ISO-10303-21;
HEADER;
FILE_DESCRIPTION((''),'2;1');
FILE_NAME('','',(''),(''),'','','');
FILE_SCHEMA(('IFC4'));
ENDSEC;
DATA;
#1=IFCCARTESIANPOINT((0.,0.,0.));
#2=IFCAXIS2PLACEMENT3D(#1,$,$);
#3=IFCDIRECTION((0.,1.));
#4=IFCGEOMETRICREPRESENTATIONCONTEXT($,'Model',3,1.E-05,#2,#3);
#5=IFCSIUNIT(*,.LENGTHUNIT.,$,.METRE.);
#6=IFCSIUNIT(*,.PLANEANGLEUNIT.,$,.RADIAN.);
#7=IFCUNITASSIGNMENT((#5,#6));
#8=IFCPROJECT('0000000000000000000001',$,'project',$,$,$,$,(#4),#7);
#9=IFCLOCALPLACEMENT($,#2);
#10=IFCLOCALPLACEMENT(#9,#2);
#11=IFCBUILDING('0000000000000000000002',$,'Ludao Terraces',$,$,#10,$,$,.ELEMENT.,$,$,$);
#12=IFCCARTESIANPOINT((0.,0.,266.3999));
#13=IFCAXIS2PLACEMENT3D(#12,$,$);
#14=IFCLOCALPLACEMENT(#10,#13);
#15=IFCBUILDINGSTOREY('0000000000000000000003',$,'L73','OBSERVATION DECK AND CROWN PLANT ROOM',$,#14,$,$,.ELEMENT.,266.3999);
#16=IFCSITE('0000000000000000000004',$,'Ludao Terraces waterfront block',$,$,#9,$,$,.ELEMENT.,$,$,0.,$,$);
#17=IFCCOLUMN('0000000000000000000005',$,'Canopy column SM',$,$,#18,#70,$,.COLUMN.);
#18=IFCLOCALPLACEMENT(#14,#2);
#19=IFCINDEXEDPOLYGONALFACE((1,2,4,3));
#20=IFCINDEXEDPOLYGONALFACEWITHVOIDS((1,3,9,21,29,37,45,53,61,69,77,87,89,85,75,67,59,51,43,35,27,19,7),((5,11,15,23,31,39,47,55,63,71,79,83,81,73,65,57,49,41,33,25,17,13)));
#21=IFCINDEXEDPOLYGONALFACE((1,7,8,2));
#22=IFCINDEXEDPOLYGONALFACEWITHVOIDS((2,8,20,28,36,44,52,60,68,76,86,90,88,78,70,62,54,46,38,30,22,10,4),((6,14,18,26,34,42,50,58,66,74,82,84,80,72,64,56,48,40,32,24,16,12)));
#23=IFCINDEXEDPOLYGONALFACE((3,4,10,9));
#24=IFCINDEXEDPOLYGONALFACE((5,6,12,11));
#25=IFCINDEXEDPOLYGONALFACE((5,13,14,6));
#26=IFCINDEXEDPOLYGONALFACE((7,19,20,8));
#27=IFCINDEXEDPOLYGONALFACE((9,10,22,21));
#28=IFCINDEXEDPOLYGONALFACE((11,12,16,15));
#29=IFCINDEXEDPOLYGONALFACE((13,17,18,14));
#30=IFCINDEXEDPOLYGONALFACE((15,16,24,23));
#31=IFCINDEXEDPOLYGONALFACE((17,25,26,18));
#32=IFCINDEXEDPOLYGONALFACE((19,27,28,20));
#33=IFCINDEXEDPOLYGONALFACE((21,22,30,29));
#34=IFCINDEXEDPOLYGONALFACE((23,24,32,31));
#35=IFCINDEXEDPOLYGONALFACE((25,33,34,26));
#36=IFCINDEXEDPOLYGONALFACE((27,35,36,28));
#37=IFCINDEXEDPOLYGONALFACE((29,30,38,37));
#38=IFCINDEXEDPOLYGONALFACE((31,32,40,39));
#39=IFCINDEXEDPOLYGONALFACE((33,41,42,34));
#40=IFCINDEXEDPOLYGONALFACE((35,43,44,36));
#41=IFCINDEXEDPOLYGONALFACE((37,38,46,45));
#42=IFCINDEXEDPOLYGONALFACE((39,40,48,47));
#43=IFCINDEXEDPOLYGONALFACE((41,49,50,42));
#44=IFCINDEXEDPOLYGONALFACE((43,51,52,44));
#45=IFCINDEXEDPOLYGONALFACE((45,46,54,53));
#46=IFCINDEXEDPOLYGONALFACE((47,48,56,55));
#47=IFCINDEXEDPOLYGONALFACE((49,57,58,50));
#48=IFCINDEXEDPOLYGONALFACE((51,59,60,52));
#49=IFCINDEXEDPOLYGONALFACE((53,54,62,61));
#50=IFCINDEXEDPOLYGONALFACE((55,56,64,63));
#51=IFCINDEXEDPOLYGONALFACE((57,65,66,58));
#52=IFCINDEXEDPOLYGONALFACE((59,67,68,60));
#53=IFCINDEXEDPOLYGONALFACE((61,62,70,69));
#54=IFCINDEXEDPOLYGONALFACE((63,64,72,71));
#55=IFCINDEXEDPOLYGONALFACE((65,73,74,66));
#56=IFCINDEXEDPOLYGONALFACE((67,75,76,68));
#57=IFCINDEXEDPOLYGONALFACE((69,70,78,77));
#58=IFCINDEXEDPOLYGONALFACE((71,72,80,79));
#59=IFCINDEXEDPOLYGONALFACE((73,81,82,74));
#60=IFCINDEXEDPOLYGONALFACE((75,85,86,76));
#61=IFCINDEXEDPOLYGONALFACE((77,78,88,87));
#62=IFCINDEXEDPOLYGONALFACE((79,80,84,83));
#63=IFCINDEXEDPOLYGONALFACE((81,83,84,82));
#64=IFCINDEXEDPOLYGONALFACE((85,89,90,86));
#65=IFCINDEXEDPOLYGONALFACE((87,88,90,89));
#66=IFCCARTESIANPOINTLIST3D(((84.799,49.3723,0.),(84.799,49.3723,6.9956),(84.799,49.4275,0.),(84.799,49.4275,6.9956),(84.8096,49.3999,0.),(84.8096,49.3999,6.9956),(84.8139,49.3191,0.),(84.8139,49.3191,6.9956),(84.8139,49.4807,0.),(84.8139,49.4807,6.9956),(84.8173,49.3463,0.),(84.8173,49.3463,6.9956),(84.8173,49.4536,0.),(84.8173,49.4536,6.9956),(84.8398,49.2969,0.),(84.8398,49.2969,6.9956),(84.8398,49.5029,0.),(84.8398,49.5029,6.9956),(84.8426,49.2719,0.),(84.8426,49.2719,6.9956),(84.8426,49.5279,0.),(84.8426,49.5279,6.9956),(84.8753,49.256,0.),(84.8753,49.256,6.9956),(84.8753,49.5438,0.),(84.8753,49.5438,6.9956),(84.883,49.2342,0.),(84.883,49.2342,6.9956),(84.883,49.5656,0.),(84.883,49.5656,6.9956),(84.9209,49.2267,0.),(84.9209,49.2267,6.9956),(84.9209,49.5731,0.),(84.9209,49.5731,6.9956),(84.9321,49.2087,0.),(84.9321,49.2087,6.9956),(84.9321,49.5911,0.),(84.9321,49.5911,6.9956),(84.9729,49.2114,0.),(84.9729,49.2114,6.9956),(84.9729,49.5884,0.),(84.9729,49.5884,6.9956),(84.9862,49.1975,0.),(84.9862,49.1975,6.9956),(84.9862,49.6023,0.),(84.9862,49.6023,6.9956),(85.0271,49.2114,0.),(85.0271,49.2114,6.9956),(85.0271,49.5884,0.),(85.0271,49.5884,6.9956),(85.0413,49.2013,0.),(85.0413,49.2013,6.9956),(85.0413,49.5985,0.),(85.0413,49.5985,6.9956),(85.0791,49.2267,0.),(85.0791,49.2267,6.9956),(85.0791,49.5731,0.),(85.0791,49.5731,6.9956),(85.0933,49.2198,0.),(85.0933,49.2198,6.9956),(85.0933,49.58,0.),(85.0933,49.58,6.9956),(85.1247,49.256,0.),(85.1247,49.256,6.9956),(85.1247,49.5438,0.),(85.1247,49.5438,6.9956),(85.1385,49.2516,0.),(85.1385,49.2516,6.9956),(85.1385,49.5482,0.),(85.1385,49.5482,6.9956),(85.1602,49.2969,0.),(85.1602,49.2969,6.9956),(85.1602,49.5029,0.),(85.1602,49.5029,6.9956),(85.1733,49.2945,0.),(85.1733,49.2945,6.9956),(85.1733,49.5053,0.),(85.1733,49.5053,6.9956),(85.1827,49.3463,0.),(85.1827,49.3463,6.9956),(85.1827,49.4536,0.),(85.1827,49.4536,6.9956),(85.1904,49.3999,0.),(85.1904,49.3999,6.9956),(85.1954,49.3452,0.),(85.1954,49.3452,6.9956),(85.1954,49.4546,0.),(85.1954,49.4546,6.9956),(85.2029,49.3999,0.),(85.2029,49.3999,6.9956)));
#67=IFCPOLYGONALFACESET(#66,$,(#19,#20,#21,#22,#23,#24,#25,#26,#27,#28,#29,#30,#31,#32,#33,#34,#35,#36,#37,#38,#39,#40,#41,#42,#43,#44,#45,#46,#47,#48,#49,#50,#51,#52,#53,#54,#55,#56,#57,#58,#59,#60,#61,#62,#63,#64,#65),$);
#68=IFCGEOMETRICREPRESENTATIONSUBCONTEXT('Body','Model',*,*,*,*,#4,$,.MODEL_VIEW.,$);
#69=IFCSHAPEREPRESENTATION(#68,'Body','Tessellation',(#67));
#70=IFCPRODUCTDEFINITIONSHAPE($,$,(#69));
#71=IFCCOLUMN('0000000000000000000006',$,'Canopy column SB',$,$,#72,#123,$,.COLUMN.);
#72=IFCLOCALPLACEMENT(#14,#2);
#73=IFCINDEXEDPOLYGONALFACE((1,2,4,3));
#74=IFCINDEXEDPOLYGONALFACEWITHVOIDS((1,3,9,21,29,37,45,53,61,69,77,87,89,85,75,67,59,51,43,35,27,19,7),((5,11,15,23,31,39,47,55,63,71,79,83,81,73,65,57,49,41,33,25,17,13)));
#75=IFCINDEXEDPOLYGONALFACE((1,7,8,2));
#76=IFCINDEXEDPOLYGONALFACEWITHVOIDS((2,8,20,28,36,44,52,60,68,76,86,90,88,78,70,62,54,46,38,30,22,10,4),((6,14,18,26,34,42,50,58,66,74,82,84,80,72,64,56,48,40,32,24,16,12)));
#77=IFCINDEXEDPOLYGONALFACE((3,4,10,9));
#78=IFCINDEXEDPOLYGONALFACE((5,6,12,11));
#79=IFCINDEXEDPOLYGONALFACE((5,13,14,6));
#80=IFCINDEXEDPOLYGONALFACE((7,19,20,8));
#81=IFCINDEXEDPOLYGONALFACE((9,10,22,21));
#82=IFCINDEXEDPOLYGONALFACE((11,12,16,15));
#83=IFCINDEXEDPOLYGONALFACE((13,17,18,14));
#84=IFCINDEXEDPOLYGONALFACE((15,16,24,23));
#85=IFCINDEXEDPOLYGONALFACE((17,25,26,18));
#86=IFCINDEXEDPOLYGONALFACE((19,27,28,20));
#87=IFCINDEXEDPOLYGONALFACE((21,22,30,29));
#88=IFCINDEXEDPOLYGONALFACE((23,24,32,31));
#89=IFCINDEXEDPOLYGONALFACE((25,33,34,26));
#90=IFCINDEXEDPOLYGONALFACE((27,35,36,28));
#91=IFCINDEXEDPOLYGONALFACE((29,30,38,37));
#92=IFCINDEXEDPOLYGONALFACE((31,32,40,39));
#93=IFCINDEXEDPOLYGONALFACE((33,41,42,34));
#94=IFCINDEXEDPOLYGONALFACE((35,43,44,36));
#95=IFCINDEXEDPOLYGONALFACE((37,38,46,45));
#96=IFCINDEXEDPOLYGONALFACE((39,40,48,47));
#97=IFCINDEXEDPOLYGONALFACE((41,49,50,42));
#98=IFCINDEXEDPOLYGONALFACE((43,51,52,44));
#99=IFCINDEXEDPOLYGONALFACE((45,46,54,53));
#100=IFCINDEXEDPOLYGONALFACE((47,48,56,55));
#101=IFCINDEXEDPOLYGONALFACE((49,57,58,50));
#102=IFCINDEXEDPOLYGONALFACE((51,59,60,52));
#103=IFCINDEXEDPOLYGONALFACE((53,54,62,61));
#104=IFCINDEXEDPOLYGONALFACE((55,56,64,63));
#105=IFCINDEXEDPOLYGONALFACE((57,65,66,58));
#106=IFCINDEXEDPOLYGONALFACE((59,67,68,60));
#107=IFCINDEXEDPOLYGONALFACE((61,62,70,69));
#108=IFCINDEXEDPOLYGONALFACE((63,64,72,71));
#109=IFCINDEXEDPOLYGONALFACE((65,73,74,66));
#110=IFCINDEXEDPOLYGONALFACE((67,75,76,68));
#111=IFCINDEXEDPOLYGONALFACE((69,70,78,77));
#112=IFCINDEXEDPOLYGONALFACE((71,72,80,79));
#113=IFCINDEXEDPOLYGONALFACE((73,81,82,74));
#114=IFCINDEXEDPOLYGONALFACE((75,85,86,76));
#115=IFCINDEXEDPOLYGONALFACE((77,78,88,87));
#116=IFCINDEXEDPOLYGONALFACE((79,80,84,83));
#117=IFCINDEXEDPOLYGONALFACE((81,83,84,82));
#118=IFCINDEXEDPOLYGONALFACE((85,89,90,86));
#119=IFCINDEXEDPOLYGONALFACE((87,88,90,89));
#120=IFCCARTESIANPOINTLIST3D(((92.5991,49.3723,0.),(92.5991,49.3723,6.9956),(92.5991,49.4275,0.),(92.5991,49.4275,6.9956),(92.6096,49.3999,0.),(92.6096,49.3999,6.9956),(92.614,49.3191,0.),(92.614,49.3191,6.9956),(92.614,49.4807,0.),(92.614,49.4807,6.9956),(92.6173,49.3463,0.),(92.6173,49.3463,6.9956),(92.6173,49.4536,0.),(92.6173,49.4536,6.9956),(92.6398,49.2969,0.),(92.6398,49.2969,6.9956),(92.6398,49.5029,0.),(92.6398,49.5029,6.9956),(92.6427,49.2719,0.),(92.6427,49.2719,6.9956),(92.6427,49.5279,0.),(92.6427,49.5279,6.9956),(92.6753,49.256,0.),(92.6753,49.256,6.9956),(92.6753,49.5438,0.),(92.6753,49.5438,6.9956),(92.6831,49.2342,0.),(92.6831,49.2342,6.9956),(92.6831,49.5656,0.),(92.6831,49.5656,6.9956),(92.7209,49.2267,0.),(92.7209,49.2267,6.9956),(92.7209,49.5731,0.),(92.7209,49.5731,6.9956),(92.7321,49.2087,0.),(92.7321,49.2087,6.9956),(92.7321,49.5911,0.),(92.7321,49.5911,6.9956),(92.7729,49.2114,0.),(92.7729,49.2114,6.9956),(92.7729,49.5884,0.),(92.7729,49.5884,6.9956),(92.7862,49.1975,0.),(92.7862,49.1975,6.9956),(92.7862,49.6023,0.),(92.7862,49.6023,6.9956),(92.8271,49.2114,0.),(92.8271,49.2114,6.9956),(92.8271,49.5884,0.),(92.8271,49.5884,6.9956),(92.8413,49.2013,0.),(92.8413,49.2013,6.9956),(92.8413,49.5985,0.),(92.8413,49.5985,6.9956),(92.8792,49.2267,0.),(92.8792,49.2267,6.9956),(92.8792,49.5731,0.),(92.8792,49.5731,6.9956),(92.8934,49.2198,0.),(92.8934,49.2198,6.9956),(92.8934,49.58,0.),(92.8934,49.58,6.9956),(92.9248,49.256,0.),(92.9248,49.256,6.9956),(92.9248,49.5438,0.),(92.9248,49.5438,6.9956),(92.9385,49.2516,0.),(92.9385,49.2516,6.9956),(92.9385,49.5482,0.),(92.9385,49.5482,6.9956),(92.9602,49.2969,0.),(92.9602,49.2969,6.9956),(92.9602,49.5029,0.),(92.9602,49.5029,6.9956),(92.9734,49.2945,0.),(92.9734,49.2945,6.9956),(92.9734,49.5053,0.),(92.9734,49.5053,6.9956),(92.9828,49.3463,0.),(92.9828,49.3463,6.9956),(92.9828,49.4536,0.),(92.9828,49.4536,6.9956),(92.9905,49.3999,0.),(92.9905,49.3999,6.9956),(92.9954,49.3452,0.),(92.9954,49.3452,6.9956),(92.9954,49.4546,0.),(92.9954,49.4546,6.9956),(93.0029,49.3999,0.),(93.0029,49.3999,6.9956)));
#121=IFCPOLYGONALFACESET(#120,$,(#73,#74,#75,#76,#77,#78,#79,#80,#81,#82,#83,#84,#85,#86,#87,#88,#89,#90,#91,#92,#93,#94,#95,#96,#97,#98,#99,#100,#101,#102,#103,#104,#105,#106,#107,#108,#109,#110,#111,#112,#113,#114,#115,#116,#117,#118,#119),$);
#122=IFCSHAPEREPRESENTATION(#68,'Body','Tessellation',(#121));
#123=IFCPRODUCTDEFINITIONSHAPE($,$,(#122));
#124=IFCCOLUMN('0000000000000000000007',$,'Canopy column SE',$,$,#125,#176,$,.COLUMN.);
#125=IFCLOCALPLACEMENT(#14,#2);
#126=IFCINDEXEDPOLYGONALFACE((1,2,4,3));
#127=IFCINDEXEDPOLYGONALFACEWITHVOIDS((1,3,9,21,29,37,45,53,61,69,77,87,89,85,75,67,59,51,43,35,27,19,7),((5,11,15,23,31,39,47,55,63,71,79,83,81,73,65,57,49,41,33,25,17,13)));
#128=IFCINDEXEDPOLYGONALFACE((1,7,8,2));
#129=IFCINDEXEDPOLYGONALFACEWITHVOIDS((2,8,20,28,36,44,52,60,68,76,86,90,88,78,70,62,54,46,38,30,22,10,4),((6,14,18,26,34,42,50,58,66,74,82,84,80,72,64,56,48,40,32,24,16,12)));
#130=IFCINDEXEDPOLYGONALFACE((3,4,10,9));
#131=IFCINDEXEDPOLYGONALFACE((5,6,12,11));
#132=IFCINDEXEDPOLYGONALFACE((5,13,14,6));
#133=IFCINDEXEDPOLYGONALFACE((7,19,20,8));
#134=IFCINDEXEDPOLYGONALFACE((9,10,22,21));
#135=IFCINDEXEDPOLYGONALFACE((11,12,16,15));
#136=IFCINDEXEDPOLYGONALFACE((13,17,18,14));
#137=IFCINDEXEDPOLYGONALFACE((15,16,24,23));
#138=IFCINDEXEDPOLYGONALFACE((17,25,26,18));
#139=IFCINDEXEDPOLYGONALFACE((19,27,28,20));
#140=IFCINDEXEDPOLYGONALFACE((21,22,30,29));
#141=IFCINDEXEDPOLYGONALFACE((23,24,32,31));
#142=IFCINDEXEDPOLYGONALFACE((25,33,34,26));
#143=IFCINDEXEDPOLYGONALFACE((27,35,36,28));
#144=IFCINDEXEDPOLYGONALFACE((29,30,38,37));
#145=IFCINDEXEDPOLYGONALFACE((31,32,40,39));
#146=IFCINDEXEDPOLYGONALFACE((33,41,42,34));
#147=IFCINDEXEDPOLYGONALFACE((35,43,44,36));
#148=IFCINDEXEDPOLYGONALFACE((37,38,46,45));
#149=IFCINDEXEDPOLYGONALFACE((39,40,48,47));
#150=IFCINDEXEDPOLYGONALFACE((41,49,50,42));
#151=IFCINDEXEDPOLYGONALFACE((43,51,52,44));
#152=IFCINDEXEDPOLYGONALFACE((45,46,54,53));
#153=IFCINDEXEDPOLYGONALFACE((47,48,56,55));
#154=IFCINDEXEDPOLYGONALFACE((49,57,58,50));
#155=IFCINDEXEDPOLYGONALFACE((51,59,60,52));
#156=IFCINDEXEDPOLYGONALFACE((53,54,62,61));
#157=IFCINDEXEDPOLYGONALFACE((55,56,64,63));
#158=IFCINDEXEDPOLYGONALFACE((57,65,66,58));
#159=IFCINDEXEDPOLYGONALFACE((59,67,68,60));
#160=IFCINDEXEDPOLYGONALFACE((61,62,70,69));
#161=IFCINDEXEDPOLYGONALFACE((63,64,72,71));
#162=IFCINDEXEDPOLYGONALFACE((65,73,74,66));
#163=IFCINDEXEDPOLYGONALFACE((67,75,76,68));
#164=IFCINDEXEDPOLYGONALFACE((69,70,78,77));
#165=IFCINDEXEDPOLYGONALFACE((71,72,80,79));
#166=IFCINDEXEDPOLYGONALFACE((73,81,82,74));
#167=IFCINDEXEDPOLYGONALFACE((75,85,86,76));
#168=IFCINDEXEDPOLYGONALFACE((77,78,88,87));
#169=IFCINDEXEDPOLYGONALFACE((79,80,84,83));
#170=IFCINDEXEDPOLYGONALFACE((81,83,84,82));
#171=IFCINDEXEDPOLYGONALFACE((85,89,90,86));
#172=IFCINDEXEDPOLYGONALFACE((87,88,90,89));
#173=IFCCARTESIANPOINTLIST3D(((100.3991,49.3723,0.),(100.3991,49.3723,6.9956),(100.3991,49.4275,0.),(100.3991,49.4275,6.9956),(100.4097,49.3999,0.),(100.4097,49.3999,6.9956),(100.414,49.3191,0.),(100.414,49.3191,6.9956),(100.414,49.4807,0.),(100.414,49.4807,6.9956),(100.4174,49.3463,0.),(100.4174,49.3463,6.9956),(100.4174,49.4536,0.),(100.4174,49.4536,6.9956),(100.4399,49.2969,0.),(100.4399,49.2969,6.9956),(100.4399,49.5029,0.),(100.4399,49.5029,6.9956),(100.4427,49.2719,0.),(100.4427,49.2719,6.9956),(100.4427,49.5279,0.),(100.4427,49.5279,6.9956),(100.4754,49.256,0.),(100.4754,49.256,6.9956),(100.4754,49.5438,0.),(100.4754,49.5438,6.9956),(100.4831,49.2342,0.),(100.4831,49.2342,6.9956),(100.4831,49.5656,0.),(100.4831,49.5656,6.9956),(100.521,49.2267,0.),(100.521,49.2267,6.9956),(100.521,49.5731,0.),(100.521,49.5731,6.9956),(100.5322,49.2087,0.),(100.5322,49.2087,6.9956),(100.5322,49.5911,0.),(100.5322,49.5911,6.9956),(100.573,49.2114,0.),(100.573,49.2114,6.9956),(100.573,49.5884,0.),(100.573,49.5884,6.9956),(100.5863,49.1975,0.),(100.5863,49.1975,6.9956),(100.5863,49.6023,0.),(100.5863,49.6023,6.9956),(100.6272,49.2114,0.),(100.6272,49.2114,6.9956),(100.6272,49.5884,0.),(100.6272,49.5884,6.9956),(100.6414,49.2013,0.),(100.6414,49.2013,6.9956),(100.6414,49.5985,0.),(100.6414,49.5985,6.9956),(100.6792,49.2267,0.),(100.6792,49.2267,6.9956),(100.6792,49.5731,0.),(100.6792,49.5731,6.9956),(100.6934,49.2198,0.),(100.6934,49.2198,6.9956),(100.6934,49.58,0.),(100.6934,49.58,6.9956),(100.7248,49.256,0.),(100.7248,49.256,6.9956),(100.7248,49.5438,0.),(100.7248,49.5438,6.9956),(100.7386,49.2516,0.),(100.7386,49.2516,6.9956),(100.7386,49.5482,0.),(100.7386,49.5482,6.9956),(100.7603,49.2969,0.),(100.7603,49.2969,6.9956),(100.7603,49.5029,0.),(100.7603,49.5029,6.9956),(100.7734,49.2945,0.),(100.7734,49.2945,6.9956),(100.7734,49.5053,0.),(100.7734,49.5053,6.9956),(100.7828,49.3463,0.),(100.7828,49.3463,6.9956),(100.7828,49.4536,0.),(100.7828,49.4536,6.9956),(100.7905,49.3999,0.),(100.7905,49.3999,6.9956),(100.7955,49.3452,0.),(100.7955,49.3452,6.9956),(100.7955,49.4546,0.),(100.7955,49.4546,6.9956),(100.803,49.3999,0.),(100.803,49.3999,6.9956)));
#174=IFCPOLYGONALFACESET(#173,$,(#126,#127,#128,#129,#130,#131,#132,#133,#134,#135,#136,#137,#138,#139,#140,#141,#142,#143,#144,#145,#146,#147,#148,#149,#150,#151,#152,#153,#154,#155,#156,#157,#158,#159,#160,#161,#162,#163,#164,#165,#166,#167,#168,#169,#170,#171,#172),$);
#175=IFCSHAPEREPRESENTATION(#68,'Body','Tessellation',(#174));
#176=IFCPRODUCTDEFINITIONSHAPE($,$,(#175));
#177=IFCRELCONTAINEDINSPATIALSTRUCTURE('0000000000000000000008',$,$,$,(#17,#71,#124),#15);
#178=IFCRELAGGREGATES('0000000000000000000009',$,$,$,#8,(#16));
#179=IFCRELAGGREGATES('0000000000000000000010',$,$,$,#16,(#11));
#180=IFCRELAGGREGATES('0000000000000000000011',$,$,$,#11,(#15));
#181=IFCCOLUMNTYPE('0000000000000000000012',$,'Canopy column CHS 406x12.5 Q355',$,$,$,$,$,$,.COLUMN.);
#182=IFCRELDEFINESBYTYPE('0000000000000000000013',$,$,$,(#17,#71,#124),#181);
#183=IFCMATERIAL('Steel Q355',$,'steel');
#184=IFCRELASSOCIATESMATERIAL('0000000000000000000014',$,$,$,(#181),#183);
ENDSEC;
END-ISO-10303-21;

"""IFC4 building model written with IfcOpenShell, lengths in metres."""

from ifc_helpers import new_model, si_unit, direction, frame, origin, origin_2d, place, context, subcontext, project, spatial, hollow_circle, extrude, material, material_profile, profile_set, type_object, element, save


model = new_model("IFC4")

# Units and contexts
model_context = context("Model", 3, precision=1e-05, world=origin(), true_north=direction((0.0, 1.0)))
body_context = subcontext(model_context, "Body", "Model", "MODEL_VIEW")
ifc_project = project(units=[si_unit("LENGTHUNIT", "METRE"), si_unit("PLANEANGLEUNIT", "RADIAN")], contexts=[model_context])

# Site, building, storey
site_placement = place(None, origin())
site = spatial("IfcSite", under=ifc_project, at=site_placement, Name="Ludao Terraces waterfront block", CompositionType="ELEMENT", RefElevation=0.0)
building_placement = place(site_placement, origin())
building = spatial("IfcBuilding", under=site, at=building_placement, Name="Ludao Terraces", CompositionType="ELEMENT")
storey_placement = place(building_placement, frame((0.0, 0.0, 266.3999)))
storey = spatial("IfcBuildingStorey", under=building, at=storey_placement, Name="L73", Description="OBSERVATION DECK AND CROWN PLANT ROOM", CompositionType="ELEMENT", Elevation=266.3999)

# Columns
ifc_material_1 = material(Name="Steel Q355", Category="steel")
ifc_material_profile_1 = material_profile(ifc_material_1, hollow_circle(Radius=0.2029, WallThickness=0.0125, at=origin_2d()), Name="CHS 406X12.5")
ifc_profile_set_1 = profile_set([ifc_material_profile_1], Name="Steel Q355")
column_type = type_object("IfcColumnType", Name="Canopy column CHS 406x12.5 Q355", PredefinedType="COLUMN", material=ifc_profile_set_1)
for number, where, z_axis, x_axis, name in (
    (1, (85.0, 49.3999, 0.0), (0.0, 0.0, 1.0), (1.0, 0.0, 0.0), "Canopy column SM"),
    (2, (92.8, 49.3999, 0.0), (0.0, 0.0, 1.0), (1.0, 0.0, 0.0), "Canopy column SB"),
    (3, (100.6001, 49.3999, 0.0), (0.0, 0.0, 1.0), (1.0, 0.0, 0.0), "Canopy column SE"),
):
    element("IfcColumn", number, at=place(storey_placement, frame(where, z_axis=z_axis, x_axis=x_axis)), inside=storey, type_object=column_type, Name=name, PredefinedType="COLUMN", context=body_context, shape_type="SweptSolid", body=[
        extrude(hollow_circle(Radius=0.2029, WallThickness=0.0125, at=origin_2d()), origin(), (0.0, 0.0, 1.0), 6.9956),
    ])

save(model, "model.ifc")
